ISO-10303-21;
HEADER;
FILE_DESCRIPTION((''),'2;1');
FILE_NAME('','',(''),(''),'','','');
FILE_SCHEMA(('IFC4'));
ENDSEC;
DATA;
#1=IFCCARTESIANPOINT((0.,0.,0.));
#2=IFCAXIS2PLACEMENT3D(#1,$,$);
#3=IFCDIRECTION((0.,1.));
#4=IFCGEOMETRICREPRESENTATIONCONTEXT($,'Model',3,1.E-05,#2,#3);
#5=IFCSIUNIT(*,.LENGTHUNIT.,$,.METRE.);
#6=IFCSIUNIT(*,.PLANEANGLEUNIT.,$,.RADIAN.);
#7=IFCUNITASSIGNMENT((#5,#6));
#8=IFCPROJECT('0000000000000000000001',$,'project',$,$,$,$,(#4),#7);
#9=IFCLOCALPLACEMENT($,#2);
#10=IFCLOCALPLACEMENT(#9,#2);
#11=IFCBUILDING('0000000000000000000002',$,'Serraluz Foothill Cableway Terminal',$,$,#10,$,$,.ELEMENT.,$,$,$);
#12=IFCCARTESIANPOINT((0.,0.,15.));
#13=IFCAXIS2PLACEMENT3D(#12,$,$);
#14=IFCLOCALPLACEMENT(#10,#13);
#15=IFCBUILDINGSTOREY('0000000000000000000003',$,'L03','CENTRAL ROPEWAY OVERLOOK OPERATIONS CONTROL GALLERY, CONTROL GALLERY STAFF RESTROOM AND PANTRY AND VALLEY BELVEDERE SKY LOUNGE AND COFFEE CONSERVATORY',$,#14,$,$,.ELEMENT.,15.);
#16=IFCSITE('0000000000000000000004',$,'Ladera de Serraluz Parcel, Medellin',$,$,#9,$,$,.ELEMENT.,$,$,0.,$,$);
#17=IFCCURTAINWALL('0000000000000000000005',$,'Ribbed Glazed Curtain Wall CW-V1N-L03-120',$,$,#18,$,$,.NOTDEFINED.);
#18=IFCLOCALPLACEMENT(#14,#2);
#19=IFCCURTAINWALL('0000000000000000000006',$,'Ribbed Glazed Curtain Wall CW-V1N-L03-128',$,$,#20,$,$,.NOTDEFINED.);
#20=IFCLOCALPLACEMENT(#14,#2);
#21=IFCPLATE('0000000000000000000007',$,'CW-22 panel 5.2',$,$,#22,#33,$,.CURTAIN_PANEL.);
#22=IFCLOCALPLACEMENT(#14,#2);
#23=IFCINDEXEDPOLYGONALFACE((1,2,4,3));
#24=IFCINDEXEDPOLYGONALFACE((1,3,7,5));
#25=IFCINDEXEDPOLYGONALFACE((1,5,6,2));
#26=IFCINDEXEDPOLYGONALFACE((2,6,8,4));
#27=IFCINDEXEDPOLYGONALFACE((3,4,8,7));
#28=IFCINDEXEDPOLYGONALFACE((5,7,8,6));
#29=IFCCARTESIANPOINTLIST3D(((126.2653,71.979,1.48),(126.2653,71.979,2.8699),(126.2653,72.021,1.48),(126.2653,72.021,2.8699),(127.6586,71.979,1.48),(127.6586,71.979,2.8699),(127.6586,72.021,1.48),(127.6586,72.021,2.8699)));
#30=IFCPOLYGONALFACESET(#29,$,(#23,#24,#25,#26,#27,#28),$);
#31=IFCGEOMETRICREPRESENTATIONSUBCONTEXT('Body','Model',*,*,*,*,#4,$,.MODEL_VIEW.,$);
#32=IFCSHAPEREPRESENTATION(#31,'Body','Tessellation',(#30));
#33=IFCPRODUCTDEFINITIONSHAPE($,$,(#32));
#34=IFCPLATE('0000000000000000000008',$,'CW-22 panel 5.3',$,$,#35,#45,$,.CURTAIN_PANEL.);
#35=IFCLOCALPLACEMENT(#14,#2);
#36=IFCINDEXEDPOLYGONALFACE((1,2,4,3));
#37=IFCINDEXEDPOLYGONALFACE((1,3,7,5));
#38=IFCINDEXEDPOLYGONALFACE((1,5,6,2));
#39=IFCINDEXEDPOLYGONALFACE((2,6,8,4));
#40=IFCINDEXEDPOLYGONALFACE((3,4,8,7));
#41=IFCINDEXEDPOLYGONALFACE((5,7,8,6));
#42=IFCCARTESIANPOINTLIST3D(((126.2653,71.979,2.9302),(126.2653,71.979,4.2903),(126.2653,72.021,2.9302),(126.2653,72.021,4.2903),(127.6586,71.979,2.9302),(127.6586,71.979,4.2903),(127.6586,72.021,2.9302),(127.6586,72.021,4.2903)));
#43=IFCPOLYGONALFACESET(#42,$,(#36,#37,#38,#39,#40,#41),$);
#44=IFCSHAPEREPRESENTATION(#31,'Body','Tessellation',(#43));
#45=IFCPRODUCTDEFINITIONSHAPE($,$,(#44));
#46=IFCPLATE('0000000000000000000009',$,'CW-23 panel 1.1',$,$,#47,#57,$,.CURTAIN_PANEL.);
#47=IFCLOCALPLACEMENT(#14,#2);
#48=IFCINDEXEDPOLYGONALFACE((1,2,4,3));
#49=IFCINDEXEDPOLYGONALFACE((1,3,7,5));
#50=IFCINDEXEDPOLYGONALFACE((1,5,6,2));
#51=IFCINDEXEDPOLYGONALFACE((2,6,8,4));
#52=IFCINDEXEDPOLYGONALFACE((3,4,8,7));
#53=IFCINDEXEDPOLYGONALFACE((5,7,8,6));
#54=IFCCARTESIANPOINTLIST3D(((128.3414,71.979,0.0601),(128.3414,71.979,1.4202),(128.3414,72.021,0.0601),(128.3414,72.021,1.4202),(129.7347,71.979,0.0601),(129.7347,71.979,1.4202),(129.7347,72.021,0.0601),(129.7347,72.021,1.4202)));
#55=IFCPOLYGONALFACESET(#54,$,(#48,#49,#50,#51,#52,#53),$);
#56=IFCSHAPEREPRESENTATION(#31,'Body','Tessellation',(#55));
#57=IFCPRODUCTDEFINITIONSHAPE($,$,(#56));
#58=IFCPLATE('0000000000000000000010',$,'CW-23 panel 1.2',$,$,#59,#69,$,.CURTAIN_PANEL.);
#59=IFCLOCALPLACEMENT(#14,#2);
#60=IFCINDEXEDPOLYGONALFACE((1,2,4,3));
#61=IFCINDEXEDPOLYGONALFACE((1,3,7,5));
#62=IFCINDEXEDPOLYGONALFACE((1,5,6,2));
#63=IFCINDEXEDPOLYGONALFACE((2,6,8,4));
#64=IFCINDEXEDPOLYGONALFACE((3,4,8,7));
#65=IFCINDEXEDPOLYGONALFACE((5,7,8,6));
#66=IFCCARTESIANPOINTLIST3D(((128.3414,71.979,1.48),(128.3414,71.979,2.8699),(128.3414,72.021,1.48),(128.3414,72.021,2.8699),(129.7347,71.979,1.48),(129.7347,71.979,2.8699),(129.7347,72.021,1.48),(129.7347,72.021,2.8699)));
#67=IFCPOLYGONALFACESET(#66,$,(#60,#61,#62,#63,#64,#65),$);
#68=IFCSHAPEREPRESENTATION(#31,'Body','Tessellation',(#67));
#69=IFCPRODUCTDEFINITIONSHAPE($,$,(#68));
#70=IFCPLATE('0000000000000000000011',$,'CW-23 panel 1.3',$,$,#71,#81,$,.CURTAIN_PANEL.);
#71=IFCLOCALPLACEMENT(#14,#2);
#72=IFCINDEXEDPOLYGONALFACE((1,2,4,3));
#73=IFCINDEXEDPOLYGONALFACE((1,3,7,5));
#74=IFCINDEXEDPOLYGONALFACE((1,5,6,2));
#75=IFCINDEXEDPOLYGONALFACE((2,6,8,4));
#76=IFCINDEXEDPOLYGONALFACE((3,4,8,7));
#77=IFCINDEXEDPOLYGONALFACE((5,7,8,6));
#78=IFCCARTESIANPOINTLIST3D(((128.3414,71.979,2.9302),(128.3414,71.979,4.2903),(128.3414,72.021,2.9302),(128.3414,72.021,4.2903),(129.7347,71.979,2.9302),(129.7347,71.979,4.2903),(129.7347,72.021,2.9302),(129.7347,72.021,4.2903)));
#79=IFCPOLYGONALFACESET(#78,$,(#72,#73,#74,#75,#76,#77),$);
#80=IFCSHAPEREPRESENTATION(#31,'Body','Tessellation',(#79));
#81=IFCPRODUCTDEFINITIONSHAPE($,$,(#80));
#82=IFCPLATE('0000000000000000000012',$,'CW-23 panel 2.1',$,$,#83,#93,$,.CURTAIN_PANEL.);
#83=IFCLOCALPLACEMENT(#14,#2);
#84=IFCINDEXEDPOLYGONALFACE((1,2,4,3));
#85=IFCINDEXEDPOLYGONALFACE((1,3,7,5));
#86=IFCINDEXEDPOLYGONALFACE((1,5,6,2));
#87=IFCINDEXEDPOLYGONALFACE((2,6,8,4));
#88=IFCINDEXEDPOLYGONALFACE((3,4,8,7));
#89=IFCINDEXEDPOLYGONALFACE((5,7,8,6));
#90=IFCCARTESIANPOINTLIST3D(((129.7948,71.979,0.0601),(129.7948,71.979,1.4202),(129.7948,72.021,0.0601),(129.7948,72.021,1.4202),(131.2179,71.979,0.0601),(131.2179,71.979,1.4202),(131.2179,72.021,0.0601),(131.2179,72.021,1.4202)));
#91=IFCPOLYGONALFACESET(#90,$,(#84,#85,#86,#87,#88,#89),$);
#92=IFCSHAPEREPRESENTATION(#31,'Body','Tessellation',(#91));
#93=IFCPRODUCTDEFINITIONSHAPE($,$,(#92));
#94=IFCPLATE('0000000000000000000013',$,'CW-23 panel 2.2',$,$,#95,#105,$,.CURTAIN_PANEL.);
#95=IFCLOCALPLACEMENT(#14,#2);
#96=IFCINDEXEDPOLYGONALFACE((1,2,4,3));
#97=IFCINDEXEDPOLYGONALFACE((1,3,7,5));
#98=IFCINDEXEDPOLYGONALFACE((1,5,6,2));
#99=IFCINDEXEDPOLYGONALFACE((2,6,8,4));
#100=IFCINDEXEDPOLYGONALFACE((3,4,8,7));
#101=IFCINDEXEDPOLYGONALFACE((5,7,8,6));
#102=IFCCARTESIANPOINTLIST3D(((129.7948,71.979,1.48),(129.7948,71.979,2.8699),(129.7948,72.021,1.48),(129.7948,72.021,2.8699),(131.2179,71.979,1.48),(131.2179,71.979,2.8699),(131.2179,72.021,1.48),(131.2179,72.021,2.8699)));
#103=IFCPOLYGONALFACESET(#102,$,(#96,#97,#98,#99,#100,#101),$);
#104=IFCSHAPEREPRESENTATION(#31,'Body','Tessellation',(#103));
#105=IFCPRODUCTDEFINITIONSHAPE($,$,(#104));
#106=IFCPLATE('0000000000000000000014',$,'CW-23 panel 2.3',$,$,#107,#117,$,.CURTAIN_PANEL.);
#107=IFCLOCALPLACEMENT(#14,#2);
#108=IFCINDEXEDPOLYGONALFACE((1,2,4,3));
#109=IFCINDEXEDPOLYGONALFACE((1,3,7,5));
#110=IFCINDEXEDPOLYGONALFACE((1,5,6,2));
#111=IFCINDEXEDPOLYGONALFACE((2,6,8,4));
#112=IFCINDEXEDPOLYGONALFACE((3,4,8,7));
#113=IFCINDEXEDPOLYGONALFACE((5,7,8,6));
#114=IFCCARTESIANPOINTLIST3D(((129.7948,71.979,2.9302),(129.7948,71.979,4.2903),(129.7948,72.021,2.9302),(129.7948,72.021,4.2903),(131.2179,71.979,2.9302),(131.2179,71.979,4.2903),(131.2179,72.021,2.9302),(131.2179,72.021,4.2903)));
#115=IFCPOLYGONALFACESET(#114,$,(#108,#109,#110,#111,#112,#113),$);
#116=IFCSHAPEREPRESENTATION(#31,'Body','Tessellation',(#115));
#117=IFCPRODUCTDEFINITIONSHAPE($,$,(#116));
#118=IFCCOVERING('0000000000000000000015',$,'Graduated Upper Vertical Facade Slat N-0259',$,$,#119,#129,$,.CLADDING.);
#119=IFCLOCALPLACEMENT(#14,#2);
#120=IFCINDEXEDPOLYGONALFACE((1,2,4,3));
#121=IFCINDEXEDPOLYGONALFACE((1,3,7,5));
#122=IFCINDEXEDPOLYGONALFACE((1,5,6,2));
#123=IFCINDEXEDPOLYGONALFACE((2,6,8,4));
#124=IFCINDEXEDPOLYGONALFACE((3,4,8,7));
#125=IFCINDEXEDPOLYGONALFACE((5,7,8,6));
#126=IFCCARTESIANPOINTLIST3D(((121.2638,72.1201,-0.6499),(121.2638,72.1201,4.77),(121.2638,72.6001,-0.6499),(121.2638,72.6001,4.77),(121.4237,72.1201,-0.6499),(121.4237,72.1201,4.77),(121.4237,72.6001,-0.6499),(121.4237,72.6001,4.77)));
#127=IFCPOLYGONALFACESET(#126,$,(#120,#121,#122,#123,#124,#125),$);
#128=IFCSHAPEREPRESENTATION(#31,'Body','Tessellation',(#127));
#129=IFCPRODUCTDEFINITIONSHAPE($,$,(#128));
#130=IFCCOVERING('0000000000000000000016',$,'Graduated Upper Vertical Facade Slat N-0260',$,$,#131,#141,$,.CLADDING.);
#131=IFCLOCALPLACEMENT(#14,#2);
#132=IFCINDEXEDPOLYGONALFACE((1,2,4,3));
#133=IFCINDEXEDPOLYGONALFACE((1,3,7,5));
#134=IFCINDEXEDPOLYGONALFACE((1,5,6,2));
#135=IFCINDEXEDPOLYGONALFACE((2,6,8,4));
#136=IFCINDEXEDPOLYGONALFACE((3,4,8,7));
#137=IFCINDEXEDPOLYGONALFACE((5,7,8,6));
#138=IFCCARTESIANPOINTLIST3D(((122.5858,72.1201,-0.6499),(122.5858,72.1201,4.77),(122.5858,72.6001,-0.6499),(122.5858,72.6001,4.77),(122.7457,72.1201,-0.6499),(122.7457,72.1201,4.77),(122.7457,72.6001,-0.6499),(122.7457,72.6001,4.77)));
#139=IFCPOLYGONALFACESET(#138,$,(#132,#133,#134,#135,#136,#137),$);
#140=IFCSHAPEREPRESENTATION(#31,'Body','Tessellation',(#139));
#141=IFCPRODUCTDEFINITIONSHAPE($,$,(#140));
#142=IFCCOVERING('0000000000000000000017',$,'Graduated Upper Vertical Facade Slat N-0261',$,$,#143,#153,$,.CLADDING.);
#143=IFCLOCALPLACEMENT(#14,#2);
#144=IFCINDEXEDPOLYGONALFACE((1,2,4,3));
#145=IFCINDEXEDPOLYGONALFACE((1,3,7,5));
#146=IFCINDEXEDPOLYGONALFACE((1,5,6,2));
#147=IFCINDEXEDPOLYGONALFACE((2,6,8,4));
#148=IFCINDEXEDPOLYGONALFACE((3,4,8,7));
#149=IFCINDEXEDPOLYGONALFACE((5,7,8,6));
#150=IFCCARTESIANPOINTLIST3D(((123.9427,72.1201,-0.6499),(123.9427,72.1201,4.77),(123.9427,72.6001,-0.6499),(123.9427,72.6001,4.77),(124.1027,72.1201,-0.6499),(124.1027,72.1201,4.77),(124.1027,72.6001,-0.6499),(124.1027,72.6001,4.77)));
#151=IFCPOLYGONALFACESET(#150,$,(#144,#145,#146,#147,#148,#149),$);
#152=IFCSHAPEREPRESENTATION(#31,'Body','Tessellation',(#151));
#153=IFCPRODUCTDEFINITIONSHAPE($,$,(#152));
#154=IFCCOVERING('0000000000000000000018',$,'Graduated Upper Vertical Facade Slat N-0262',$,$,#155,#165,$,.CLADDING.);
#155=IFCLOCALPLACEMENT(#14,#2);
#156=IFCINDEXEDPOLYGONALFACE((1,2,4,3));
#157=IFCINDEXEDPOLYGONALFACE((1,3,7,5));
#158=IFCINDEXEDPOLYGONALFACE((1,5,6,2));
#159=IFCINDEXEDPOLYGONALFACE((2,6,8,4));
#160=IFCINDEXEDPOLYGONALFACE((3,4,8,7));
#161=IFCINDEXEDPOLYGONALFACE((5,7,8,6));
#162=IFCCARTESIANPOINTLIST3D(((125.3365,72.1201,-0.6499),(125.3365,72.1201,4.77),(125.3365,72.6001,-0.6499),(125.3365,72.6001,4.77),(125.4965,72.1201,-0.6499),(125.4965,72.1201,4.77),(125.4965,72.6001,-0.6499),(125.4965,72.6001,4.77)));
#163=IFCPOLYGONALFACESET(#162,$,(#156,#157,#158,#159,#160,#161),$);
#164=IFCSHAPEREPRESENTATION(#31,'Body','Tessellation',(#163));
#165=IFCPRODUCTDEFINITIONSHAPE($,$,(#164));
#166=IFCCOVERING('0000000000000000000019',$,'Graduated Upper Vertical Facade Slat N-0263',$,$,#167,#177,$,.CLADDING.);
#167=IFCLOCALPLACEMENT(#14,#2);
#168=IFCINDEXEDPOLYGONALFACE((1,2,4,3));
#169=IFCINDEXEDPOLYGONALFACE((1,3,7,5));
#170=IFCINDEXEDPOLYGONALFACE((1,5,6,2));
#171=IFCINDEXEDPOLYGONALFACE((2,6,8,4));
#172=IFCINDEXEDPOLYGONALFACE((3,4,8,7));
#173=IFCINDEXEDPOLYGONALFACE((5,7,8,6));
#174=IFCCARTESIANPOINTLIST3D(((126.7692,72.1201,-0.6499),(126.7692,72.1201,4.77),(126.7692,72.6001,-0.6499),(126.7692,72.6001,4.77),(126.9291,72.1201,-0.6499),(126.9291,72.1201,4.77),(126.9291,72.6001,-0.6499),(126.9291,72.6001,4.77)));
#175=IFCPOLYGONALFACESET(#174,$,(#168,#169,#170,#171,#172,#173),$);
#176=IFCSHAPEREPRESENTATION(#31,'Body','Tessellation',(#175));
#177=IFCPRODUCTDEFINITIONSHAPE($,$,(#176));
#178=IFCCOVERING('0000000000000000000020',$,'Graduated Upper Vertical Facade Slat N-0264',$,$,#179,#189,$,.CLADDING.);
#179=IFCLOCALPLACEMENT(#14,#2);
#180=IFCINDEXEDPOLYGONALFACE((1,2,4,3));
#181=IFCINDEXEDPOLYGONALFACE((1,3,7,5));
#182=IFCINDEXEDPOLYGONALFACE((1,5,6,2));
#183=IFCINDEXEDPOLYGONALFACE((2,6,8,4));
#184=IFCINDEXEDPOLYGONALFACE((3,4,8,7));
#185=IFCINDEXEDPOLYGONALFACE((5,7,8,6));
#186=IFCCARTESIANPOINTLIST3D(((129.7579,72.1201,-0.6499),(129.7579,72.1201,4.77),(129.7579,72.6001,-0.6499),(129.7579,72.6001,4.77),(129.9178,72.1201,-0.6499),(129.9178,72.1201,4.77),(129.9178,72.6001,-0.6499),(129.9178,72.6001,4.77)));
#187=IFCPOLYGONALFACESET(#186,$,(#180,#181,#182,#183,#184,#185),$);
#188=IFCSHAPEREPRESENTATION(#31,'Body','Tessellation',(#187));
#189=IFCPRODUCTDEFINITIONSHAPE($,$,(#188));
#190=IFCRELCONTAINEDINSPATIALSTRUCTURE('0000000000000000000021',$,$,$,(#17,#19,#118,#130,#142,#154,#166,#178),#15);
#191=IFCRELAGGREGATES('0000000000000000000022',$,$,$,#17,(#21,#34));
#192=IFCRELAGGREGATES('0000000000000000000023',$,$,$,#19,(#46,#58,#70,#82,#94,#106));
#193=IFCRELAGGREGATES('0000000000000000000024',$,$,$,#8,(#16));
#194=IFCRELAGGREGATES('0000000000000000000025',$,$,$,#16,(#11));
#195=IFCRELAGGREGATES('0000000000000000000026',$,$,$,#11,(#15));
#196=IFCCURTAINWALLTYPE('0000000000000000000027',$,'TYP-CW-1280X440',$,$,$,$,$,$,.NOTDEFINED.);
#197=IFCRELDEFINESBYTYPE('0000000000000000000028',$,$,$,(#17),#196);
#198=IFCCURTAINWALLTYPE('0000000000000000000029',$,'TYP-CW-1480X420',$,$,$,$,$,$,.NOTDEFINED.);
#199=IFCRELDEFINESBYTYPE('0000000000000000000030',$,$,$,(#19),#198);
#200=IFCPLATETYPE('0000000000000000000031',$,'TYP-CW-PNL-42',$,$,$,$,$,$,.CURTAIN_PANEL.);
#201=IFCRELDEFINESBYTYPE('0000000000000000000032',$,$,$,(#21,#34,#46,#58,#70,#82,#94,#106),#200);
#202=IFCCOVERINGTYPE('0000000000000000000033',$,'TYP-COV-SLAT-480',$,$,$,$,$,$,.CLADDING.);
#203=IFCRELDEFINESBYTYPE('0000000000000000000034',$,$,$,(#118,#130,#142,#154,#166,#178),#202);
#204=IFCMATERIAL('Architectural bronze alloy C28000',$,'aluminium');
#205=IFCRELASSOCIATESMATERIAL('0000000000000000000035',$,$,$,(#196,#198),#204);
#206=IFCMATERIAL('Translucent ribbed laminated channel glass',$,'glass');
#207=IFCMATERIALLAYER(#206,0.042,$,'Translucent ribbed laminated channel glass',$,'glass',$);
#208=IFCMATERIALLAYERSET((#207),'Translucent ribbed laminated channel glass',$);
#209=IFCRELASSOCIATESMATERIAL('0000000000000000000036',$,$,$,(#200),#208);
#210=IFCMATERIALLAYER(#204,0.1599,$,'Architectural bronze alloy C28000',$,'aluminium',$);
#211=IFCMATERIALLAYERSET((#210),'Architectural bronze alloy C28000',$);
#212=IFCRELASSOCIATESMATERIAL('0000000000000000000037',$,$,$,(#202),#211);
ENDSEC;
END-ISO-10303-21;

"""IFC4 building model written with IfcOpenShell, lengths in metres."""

from ifc_helpers import new_model, si_unit, direction, frame, origin, origin_2d, place, context, subcontext, project, spatial, rectangle, extrude, material, layer, layer_set, type_object, element, aggregate, save


model = new_model("IFC4")

# Units and contexts
model_context = context("Model", 3, precision=1e-05, world=origin(), true_north=direction((0.0, 1.0)))
body_context = subcontext(model_context, "Body", "Model", "MODEL_VIEW")
ifc_project = project(units=[si_unit("LENGTHUNIT", "METRE"), si_unit("PLANEANGLEUNIT", "RADIAN")], contexts=[model_context])

# Site, building, storey
site_placement = place(None, origin())
site = spatial("IfcSite", under=ifc_project, at=site_placement, Name="Ladera de Serraluz Parcel, Medellin", CompositionType="ELEMENT", RefElevation=0.0)
building_placement = place(site_placement, origin())
building = spatial("IfcBuilding", under=site, at=building_placement, Name="Serraluz Foothill Cableway Terminal", CompositionType="ELEMENT")
storey_placement = place(building_placement, frame((0.0, 0.0, 15.0)))
storey = spatial("IfcBuildingStorey", under=building, at=storey_placement, Name="L03", Description="CENTRAL ROPEWAY OVERLOOK OPERATIONS CONTROL GALLERY, CONTROL GALLERY STAFF RESTROOM AND PANTRY AND VALLEY BELVEDERE SKY LOUNGE AND COFFEE CONSERVATORY", CompositionType="ELEMENT", Elevation=15.0)

# Curtain walls
ifc_material_1 = material(Name="Architectural bronze alloy C28000", Category="aluminium")
curtain_wall_type_1 = type_object("IfcCurtainWallType", Name="TYP-CW-1280X440", PredefinedType="NOTDEFINED", material=ifc_material_1)
curtain_wall_1_placement = place(storey_placement, origin())
curtain_wall_1 = element("IfcCurtainWall", 1, at=curtain_wall_1_placement, inside=storey, type_object=curtain_wall_type_1, Name="Ribbed Glazed Curtain Wall CW-V1N-L03-120", PredefinedType="NOTDEFINED")
curtain_wall_type_2 = type_object("IfcCurtainWallType", Name="TYP-CW-1480X420", PredefinedType="NOTDEFINED", material=ifc_material_1)
curtain_wall_2_placement = place(storey_placement, origin())
curtain_wall_2 = element("IfcCurtainWall", 2, at=curtain_wall_2_placement, inside=storey, type_object=curtain_wall_type_2, Name="Ribbed Glazed Curtain Wall CW-V1N-L03-128", PredefinedType="NOTDEFINED")

# Plates
ifc_material_2 = material(Name="Translucent ribbed laminated channel glass", Category="glass")
ifc_layer_1 = layer(ifc_material_2, 0.042, Name="Translucent ribbed laminated channel glass", Category="glass")
ifc_layer_set_1 = layer_set([ifc_layer_1], Name="Translucent ribbed laminated channel glass")
plate_type = type_object("IfcPlateType", Name="TYP-CW-PNL-42", PredefinedType="CURTAIN_PANEL", material=ifc_layer_set_1)
plate_1_placement = place(storey_placement, frame((126.9619, 72.0, 1.48), z_axis=(0.0, 0.0, 1.0), x_axis=(1.0, 0.0, 0.0)))
plate_1 = element("IfcPlate", 3, at=plate_1_placement, type_object=plate_type, Name="CW-22 panel 5.2", PredefinedType="CURTAIN_PANEL", context=body_context, shape_type="SweptSolid", body=[
    extrude(rectangle(XDim=1.3933, YDim=0.042, at=origin_2d()), origin(), (0.0, 0.0, 1.0), 1.3899),
])
plate_2_placement = place(storey_placement, frame((126.9619, 72.0, 2.9302), z_axis=(0.0, 0.0, 1.0), x_axis=(1.0, 0.0, 0.0)))
plate_2 = element("IfcPlate", 4, at=plate_2_placement, type_object=plate_type, Name="CW-22 panel 5.3", PredefinedType="CURTAIN_PANEL", context=body_context, shape_type="SweptSolid", body=[
    extrude(rectangle(XDim=1.3933, YDim=0.042, at=origin_2d()), origin(), (0.0, 0.0, 1.0), 1.3601),
])
aggregate(curtain_wall_1, [plate_1, plate_2])
plate_3_placement = place(storey_placement, frame((129.0381, 72.0, 0.0601), z_axis=(0.0, 0.0, 1.0), x_axis=(1.0, 0.0, 0.0)))
plate_3 = element("IfcPlate", 5, at=plate_3_placement, type_object=plate_type, Name="CW-23 panel 1.1", PredefinedType="CURTAIN_PANEL", context=body_context, shape_type="SweptSolid", body=[
    extrude(rectangle(XDim=1.3933, YDim=0.042, at=origin_2d()), origin(), (0.0, 0.0, 1.0), 1.3601),
])
plate_4_placement = place(storey_placement, frame((129.0381, 72.0, 1.48), z_axis=(0.0, 0.0, 1.0), x_axis=(1.0, 0.0, 0.0)))
plate_4 = element("IfcPlate", 6, at=plate_4_placement, type_object=plate_type, Name="CW-23 panel 1.2", PredefinedType="CURTAIN_PANEL", context=body_context, shape_type="SweptSolid", body=[
    extrude(rectangle(XDim=1.3933, YDim=0.042, at=origin_2d()), origin(), (0.0, 0.0, 1.0), 1.3899),
])
plate_5_placement = place(storey_placement, frame((129.0381, 72.0, 2.9302), z_axis=(0.0, 0.0, 1.0), x_axis=(1.0, 0.0, 0.0)))
plate_5 = element("IfcPlate", 7, at=plate_5_placement, type_object=plate_type, Name="CW-23 panel 1.3", PredefinedType="CURTAIN_PANEL", context=body_context, shape_type="SweptSolid", body=[
    extrude(rectangle(XDim=1.3933, YDim=0.042, at=origin_2d()), origin(), (0.0, 0.0, 1.0), 1.3601),
])
plate_6_placement = place(storey_placement, frame((130.5063, 72.0, 0.0601), z_axis=(0.0, 0.0, 1.0), x_axis=(1.0, 0.0, 0.0)))
plate_6 = element("IfcPlate", 8, at=plate_6_placement, type_object=plate_type, Name="CW-23 panel 2.1", PredefinedType="CURTAIN_PANEL", context=body_context, shape_type="SweptSolid", body=[
    extrude(rectangle(XDim=1.4231, YDim=0.042, at=origin_2d()), origin(), (0.0, 0.0, 1.0), 1.3601),
])
plate_7_placement = place(storey_placement, frame((130.5063, 72.0, 1.48), z_axis=(0.0, 0.0, 1.0), x_axis=(1.0, 0.0, 0.0)))
plate_7 = element("IfcPlate", 9, at=plate_7_placement, type_object=plate_type, Name="CW-23 panel 2.2", PredefinedType="CURTAIN_PANEL", context=body_context, shape_type="SweptSolid", body=[
    extrude(rectangle(XDim=1.4231, YDim=0.042, at=origin_2d()), origin(), (0.0, 0.0, 1.0), 1.3899),
])
plate_8_placement = place(storey_placement, frame((130.5063, 72.0, 2.9302), z_axis=(0.0, 0.0, 1.0), x_axis=(1.0, 0.0, 0.0)))
plate_8 = element("IfcPlate", 10, at=plate_8_placement, type_object=plate_type, Name="CW-23 panel 2.3", PredefinedType="CURTAIN_PANEL", context=body_context, shape_type="SweptSolid", body=[
    extrude(rectangle(XDim=1.4231, YDim=0.042, at=origin_2d()), origin(), (0.0, 0.0, 1.0), 1.3601),
])
aggregate(curtain_wall_2, [plate_3, plate_4, plate_5, plate_6, plate_7, plate_8])

# Coverings
ifc_layer_2 = layer(ifc_material_1, 0.1599, Name="Architectural bronze alloy C28000", Category="aluminium")
ifc_layer_set_2 = layer_set([ifc_layer_2], Name="Architectural bronze alloy C28000")
covering_type = type_object("IfcCoveringType", Name="TYP-COV-SLAT-480", PredefinedType="CLADDING", material=ifc_layer_set_2)
for number, where, z_axis, x_axis, name in (
    (11, (121.3438, 72.3601, -0.6499), (0.0, 0.0, 1.0), (1.0, 0.0, 0.0), "Graduated Upper Vertical Facade Slat N-0259"),
    (12, (122.6658, 72.3601, -0.6499), (0.0, 0.0, 1.0), (1.0, 0.0, 0.0), "Graduated Upper Vertical Facade Slat N-0260"),
    (13, (124.0227, 72.3601, -0.6499), (0.0, 0.0, 1.0), (1.0, 0.0, 0.0), "Graduated Upper Vertical Facade Slat N-0261"),
    (14, (125.4165, 72.3601, -0.6499), (0.0, 0.0, 1.0), (1.0, 0.0, 0.0), "Graduated Upper Vertical Facade Slat N-0262"),
    (15, (126.8491, 72.3601, -0.6499), (0.0, 0.0, 1.0), (1.0, 0.0, 0.0), "Graduated Upper Vertical Facade Slat N-0263"),
    (16, (129.8379, 72.3601, -0.6499), (0.0, 0.0, 1.0), (1.0, 0.0, 0.0), "Graduated Upper Vertical Facade Slat N-0264"),
):
    element("IfcCovering", number, at=place(storey_placement, frame(where, z_axis=z_axis, x_axis=x_axis)), inside=storey, type_object=covering_type, Name=name, PredefinedType="CLADDING", context=body_context, shape_type="SweptSolid", body=[
        extrude(rectangle(XDim=0.1599, YDim=0.48, at=origin_2d()), origin(), (0.0, 0.0, 1.0), 5.4199),
    ])

save(model, "model.ifc")
